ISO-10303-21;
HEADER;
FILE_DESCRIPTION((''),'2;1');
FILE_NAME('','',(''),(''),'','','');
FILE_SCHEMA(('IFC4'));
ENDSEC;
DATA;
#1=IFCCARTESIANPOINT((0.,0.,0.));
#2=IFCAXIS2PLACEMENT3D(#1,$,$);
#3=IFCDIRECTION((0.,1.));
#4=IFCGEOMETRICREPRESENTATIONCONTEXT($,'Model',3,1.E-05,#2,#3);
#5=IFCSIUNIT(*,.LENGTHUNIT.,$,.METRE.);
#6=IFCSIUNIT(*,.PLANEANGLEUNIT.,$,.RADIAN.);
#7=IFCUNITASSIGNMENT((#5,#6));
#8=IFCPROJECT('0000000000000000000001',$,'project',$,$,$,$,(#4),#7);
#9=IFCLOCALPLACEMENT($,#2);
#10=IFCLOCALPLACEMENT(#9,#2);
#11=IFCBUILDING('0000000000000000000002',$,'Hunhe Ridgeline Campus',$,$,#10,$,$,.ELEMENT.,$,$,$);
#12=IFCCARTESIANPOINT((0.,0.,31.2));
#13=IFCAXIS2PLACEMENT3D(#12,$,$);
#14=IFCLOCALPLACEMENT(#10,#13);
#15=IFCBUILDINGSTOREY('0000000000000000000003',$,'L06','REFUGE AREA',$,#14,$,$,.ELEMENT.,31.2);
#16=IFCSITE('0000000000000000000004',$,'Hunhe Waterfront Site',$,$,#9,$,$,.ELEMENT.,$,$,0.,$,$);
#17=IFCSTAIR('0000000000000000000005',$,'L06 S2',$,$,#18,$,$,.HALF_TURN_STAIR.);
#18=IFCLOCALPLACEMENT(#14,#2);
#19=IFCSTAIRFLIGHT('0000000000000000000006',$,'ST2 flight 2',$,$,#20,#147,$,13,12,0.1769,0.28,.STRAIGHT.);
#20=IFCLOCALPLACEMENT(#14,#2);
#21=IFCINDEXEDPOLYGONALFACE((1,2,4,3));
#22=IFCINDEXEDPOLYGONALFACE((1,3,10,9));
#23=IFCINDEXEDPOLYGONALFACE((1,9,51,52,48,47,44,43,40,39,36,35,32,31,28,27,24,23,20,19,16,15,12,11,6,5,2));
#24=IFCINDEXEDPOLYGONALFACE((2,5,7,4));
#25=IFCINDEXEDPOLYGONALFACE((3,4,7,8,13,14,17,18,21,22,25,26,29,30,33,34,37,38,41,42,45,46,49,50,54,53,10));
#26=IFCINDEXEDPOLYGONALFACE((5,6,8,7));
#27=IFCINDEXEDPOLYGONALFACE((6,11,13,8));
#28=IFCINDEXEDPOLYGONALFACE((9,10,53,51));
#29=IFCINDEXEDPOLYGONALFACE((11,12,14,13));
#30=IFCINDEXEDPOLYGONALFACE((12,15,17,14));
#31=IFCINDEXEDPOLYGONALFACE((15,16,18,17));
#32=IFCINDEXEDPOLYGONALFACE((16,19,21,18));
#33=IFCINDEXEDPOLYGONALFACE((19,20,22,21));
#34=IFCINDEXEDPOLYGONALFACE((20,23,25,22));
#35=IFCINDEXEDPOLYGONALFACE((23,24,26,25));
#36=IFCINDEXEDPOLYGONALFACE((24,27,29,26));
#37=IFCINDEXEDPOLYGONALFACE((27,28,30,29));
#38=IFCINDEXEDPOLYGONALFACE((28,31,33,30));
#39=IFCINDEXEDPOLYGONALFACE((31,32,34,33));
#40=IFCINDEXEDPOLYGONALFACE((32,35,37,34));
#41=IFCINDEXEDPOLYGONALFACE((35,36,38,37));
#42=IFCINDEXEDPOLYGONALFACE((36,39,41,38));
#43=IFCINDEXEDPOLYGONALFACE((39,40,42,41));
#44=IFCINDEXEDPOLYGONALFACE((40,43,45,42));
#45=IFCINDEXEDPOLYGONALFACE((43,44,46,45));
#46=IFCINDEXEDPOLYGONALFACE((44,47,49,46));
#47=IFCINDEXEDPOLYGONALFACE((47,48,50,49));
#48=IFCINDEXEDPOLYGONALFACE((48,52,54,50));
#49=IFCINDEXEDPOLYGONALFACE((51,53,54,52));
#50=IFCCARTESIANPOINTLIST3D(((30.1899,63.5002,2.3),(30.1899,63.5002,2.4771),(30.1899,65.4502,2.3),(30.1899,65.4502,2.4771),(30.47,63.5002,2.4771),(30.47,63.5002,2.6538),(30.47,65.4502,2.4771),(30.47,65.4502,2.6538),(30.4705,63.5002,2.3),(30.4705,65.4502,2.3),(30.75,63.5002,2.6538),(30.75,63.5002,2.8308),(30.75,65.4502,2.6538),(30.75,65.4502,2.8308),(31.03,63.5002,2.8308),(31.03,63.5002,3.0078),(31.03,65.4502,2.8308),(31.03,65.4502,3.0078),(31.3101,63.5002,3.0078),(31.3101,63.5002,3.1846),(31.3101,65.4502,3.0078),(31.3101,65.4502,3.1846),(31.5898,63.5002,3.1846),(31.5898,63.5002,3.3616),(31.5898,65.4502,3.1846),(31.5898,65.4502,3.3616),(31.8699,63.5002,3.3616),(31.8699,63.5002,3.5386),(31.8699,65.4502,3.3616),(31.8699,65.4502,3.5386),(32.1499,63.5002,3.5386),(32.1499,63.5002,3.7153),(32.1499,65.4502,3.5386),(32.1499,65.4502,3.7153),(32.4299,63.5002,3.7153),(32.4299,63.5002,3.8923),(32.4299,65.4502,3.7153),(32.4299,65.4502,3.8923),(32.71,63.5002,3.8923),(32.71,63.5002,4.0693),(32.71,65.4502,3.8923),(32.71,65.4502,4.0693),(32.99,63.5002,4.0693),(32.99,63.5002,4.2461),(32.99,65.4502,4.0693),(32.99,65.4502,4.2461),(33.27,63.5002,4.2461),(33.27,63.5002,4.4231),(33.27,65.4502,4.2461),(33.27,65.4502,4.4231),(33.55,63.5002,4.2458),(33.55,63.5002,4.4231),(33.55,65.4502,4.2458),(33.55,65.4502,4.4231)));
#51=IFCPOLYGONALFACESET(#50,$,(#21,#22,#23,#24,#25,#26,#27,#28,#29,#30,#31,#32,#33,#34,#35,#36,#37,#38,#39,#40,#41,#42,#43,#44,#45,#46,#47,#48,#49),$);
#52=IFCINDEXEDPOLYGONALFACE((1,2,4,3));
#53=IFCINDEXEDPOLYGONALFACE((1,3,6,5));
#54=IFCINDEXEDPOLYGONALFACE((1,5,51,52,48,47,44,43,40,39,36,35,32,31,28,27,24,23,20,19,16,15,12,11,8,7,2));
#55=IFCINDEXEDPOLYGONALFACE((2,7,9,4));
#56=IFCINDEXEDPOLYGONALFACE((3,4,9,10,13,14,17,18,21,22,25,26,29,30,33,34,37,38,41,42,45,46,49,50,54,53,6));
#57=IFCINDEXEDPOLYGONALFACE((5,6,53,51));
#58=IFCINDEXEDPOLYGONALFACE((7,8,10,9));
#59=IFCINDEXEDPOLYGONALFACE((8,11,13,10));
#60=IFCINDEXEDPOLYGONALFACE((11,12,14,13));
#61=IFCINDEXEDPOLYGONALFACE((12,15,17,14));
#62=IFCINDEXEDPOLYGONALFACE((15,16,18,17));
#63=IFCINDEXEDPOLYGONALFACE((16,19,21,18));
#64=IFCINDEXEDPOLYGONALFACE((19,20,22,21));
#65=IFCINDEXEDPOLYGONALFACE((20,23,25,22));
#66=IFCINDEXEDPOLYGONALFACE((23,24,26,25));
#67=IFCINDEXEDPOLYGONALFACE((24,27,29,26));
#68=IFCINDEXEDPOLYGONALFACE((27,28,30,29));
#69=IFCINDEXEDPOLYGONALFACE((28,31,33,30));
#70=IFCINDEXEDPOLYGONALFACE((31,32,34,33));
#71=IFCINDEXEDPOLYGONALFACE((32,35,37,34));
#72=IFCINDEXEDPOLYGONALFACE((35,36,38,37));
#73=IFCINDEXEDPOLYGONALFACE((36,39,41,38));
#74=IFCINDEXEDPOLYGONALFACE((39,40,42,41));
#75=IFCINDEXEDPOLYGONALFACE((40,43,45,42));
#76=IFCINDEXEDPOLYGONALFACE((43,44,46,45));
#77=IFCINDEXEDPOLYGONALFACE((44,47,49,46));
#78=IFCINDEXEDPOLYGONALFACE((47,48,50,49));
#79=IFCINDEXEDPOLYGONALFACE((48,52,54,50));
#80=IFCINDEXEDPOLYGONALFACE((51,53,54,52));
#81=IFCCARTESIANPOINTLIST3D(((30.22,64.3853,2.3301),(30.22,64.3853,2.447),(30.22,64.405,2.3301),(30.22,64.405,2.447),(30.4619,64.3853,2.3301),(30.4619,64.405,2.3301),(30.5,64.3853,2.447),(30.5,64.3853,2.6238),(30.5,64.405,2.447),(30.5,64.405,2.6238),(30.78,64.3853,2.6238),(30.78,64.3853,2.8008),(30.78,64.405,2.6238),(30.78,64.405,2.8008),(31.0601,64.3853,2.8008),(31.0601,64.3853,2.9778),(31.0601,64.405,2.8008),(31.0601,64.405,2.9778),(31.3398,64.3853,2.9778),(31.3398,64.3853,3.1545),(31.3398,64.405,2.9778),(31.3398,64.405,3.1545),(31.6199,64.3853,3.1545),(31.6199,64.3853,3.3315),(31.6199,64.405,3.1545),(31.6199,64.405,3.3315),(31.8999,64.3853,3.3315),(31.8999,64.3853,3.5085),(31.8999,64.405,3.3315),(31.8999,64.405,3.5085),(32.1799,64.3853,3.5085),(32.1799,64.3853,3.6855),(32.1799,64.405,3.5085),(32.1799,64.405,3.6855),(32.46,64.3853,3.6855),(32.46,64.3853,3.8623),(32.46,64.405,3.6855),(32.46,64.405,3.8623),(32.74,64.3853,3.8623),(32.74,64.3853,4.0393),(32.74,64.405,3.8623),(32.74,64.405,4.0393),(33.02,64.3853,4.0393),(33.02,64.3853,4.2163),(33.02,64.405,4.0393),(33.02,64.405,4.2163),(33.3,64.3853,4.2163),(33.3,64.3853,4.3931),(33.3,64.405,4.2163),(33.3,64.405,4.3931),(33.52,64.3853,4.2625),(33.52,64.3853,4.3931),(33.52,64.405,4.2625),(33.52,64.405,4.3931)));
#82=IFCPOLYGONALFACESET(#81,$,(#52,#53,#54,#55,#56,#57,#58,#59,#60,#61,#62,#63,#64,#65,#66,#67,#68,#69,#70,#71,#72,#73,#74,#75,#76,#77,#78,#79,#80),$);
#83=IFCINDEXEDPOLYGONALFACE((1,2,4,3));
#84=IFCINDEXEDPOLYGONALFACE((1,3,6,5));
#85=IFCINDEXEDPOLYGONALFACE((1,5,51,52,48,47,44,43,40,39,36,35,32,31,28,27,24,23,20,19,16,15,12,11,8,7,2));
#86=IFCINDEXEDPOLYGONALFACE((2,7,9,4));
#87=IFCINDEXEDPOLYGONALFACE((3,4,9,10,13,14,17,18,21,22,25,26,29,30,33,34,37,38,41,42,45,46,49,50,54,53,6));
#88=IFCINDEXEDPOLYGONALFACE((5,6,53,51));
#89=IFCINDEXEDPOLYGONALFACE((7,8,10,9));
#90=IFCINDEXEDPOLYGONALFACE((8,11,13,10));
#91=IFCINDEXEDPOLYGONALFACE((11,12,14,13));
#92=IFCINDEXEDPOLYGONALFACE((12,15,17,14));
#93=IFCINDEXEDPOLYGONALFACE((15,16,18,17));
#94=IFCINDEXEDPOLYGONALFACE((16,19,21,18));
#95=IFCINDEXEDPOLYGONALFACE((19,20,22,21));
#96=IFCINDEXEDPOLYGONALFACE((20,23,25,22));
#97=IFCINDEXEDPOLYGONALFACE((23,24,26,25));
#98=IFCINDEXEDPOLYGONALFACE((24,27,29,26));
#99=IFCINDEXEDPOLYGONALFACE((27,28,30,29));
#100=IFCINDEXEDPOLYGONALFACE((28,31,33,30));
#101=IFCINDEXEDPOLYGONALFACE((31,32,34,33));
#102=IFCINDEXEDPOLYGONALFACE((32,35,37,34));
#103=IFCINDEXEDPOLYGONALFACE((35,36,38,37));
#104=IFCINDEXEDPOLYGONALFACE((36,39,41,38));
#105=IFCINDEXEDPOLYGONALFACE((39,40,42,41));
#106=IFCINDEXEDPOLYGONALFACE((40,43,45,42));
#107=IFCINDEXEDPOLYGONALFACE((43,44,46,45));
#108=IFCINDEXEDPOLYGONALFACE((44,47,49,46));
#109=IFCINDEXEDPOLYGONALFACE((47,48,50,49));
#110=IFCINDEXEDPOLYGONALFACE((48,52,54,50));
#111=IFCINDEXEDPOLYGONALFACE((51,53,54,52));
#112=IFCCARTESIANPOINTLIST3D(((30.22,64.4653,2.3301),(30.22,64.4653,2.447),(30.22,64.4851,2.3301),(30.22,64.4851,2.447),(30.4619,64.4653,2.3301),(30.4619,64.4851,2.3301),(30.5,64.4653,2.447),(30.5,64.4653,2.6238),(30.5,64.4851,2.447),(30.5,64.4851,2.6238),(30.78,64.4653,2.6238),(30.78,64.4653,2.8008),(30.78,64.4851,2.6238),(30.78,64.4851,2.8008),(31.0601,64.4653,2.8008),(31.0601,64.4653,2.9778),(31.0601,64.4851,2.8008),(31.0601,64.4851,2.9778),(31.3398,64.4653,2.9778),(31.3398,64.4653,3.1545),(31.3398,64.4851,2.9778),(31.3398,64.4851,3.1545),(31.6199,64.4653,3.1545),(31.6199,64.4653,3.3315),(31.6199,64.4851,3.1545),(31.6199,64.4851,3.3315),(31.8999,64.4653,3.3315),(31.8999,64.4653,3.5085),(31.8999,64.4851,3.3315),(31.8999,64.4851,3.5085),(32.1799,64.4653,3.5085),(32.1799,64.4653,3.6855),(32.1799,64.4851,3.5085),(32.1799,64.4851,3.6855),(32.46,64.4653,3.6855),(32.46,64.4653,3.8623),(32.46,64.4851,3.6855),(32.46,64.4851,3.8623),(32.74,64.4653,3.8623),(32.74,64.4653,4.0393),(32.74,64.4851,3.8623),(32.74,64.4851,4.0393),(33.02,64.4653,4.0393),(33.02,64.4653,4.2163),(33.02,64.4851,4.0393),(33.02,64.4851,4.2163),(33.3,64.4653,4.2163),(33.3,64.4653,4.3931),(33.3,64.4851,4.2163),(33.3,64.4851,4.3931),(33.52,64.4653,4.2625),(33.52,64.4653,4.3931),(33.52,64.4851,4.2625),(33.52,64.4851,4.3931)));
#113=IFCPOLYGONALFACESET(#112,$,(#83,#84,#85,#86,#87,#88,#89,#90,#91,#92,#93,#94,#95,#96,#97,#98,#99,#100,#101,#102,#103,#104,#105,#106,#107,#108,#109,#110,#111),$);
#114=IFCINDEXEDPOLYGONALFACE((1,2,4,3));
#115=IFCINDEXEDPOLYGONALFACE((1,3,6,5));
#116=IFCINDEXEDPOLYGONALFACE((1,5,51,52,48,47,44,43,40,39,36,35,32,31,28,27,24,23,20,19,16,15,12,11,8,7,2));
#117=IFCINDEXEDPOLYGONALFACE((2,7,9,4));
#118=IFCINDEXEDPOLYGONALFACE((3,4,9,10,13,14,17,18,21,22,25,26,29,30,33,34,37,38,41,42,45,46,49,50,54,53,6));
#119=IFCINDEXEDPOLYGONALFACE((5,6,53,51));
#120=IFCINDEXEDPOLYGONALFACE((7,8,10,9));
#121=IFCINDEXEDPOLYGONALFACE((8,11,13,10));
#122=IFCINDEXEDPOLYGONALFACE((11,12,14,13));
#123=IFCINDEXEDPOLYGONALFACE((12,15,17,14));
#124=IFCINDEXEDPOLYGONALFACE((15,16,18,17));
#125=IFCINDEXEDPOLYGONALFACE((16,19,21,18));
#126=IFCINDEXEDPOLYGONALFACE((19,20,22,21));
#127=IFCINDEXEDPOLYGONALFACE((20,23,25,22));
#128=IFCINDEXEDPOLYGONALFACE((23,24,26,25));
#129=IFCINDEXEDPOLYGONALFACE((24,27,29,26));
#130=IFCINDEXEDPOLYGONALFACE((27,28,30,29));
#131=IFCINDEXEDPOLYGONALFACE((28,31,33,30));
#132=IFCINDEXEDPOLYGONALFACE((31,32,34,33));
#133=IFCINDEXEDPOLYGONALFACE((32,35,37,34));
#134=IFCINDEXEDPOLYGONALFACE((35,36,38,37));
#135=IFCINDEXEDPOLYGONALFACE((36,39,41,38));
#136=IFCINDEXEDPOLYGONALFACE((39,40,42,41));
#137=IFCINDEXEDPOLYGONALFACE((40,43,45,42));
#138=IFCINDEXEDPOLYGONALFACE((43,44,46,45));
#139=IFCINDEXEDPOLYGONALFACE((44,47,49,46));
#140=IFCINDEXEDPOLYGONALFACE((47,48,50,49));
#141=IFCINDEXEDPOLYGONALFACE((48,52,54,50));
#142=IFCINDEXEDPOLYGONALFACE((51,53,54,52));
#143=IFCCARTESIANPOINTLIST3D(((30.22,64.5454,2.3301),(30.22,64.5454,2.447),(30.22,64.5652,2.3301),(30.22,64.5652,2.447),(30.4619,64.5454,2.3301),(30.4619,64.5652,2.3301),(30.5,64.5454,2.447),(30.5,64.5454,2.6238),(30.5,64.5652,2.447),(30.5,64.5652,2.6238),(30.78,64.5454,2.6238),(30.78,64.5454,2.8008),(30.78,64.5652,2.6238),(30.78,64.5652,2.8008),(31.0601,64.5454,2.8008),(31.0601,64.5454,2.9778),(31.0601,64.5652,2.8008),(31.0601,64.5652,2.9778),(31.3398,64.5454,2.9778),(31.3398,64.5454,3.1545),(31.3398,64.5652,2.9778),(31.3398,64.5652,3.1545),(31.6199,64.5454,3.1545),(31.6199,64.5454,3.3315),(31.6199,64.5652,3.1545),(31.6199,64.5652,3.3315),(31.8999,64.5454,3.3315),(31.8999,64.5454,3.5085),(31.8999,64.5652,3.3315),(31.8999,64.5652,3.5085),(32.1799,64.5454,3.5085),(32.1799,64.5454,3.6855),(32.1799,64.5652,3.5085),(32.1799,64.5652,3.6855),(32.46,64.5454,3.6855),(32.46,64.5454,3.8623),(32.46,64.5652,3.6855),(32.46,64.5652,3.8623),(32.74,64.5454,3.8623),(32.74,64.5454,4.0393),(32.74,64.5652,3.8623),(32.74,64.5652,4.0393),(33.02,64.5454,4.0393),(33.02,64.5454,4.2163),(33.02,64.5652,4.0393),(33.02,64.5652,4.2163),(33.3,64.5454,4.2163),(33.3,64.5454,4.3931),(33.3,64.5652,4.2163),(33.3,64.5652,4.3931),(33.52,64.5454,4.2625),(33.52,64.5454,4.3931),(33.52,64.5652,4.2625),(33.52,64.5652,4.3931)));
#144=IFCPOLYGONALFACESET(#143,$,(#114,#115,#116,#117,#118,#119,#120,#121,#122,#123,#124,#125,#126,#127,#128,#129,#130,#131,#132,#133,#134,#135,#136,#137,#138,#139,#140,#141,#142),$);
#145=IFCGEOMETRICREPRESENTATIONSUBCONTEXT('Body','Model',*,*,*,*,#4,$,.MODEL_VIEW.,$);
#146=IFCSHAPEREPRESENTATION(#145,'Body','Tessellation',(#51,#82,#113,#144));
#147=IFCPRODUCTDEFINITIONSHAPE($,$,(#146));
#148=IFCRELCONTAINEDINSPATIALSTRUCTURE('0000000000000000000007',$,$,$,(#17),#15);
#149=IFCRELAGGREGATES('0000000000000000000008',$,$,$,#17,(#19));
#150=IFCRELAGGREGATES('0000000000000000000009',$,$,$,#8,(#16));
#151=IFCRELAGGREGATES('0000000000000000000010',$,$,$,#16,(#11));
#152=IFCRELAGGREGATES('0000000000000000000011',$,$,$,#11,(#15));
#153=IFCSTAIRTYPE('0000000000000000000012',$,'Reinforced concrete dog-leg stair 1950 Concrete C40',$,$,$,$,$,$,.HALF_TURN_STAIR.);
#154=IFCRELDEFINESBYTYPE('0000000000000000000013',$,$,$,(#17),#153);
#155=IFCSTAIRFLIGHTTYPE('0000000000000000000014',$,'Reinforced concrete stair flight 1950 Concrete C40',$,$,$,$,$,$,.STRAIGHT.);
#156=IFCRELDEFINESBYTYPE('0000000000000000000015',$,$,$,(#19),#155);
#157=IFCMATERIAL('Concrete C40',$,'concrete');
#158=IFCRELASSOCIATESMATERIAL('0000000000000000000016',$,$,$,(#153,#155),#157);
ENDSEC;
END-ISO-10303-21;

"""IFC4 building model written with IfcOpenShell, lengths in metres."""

from ifc_helpers import new_model, si_unit, direction, frame, origin, place, context, subcontext, project, spatial, polyline, outline, extrude, material, type_object, element, aggregate, save


model = new_model("IFC4")

# Units and contexts
model_context = context("Model", 3, precision=1e-05, world=origin(), true_north=direction((0.0, 1.0)))
body_context = subcontext(model_context, "Body", "Model", "MODEL_VIEW")
ifc_project = project(units=[si_unit("LENGTHUNIT", "METRE"), si_unit("PLANEANGLEUNIT", "RADIAN")], contexts=[model_context])

# Site, building, storey
site_placement = place(None, origin())
site = spatial("IfcSite", under=ifc_project, at=site_placement, Name="Hunhe Waterfront Site", CompositionType="ELEMENT", RefElevation=0.0)
building_placement = place(site_placement, origin())
building = spatial("IfcBuilding", under=site, at=building_placement, Name="Hunhe Ridgeline Campus", CompositionType="ELEMENT")
storey_placement = place(building_placement, frame((0.0, 0.0, 31.2)))
storey = spatial("IfcBuildingStorey", under=building, at=storey_placement, Name="L06", Description="REFUGE AREA", CompositionType="ELEMENT", Elevation=31.2)

# Stair, stair flight
ifc_material_1 = material(Name="Concrete C40", Category="concrete")
stair_type = type_object("IfcStairType", Name="Reinforced concrete dog-leg stair 1950 Concrete C40", PredefinedType="HALF_TURN_STAIR", material=ifc_material_1)
stair_placement = place(storey_placement, origin())
stair = element("IfcStair", 1, at=stair_placement, inside=storey, type_object=stair_type, Name="L06 S2", PredefinedType="HALF_TURN_STAIR")
stair_flight_type = type_object("IfcStairFlightType", Name="Reinforced concrete stair flight 1950 Concrete C40", PredefinedType="STRAIGHT", material=ifc_material_1)
stair_flight_1_placement = place(storey_placement, frame((30.1899, 64.4751, 2.3), z_axis=(0.0, 0.0, 1.0), x_axis=(1.0, 0.0, 0.0)))
stair_flight_1 = element("IfcStairFlight", 2, at=stair_flight_1_placement, type_object=stair_flight_type, Name="ST2 flight 2", NumberOfRisers=13, NumberOfTreads=12, PredefinedType="STRAIGHT", RiserHeight=0.1769, TreadLength=0.28, context=body_context, shape_type="SweptSolid", body=[
    extrude(outline(polyline([(0.0, 0.0), (0.0, 0.177), (0.28, 0.177), (0.28, 0.3538), (0.5601, 0.3538), (0.5601, 0.5308), (0.8401, 0.5308), (0.8401, 0.7078), (1.1201, 0.7078), (1.1201, 0.8845), (1.3999, 0.8845), (1.3999, 1.0615), (1.6799, 1.0615), (1.6799, 1.2385), (1.96, 1.2385), (1.96, 1.4153), (2.24, 1.4153), (2.24, 1.5923), (2.52, 1.5923), (2.52, 1.7693), (2.8, 1.7693), (2.8, 1.946), (3.0801, 1.946), (3.0801, 2.123), (3.3601, 2.123), (3.3601, 2.3), (3.3601, 1.9458), (0.2805, 0.0), (0.0, 0.0)])), frame((0.0, 0.9751, 0.0), z_axis=(0.0, -1.0, 0.0), x_axis=(1.0, 0.0, 0.0)), (0.0, 0.0, 1.0), 1.95),
    extrude(outline(polyline([(0.03, 0.03), (0.03, 0.147), (0.3101, 0.147), (0.3101, 0.3237), (0.5901, 0.3237), (0.5901, 0.5007), (0.8701, 0.5007), (0.8701, 0.6777), (1.1499, 0.6777), (1.1499, 0.8545), (1.4299, 0.8545), (1.4299, 1.0315), (1.71, 1.0315), (1.71, 1.2085), (1.99, 1.2085), (1.99, 1.3855), (2.27, 1.3855), (2.27, 1.5623), (2.55, 1.5623), (2.55, 1.7393), (2.8301, 1.7393), (2.8301, 1.9163), (3.1101, 1.9163), (3.1101, 2.093), (3.3301, 2.093), (3.3301, 1.9624), (0.272, 0.03), (0.03, 0.03)])), frame((0.0, -0.0701, 0.0), z_axis=(0.0, -1.0, 0.0), x_axis=(1.0, 0.0, 0.0)), (0.0, 0.0, 1.0), 0.0198),
    extrude(outline(polyline([(0.03, 0.03), (0.03, 0.147), (0.3101, 0.147), (0.3101, 0.3237), (0.5901, 0.3237), (0.5901, 0.5007), (0.8701, 0.5007), (0.8701, 0.6777), (1.1499, 0.6777), (1.1499, 0.8545), (1.4299, 0.8545), (1.4299, 1.0315), (1.71, 1.0315), (1.71, 1.2085), (1.99, 1.2085), (1.99, 1.3855), (2.27, 1.3855), (2.27, 1.5623), (2.55, 1.5623), (2.55, 1.7393), (2.8301, 1.7393), (2.8301, 1.9163), (3.1101, 1.9163), (3.1101, 2.093), (3.3301, 2.093), (3.3301, 1.9624), (0.272, 0.03), (0.03, 0.03)])), frame((0.0, 0.01, 0.0), z_axis=(0.0, -1.0, 0.0), x_axis=(1.0, 0.0, 0.0)), (0.0, 0.0, 1.0), 0.0198),
    extrude(outline(polyline([(0.03, 0.03), (0.03, 0.147), (0.3101, 0.147), (0.3101, 0.3237), (0.5901, 0.3237), (0.5901, 0.5007), (0.8701, 0.5007), (0.8701, 0.6777), (1.1499, 0.6777), (1.1499, 0.8545), (1.4299, 0.8545), (1.4299, 1.0315), (1.71, 1.0315), (1.71, 1.2085), (1.99, 1.2085), (1.99, 1.3855), (2.27, 1.3855), (2.27, 1.5623), (2.55, 1.5623), (2.55, 1.7393), (2.8301, 1.7393), (2.8301, 1.9163), (3.1101, 1.9163), (3.1101, 2.093), (3.3301, 2.093), (3.3301, 1.9624), (0.272, 0.03), (0.03, 0.03)])), frame((0.0, 0.0901, 0.0), z_axis=(0.0, -1.0, 0.0), x_axis=(1.0, 0.0, 0.0)), (0.0, 0.0, 1.0), 0.0198),
])
aggregate(stair, [stair_flight_1])

save(model, "model.ifc")
